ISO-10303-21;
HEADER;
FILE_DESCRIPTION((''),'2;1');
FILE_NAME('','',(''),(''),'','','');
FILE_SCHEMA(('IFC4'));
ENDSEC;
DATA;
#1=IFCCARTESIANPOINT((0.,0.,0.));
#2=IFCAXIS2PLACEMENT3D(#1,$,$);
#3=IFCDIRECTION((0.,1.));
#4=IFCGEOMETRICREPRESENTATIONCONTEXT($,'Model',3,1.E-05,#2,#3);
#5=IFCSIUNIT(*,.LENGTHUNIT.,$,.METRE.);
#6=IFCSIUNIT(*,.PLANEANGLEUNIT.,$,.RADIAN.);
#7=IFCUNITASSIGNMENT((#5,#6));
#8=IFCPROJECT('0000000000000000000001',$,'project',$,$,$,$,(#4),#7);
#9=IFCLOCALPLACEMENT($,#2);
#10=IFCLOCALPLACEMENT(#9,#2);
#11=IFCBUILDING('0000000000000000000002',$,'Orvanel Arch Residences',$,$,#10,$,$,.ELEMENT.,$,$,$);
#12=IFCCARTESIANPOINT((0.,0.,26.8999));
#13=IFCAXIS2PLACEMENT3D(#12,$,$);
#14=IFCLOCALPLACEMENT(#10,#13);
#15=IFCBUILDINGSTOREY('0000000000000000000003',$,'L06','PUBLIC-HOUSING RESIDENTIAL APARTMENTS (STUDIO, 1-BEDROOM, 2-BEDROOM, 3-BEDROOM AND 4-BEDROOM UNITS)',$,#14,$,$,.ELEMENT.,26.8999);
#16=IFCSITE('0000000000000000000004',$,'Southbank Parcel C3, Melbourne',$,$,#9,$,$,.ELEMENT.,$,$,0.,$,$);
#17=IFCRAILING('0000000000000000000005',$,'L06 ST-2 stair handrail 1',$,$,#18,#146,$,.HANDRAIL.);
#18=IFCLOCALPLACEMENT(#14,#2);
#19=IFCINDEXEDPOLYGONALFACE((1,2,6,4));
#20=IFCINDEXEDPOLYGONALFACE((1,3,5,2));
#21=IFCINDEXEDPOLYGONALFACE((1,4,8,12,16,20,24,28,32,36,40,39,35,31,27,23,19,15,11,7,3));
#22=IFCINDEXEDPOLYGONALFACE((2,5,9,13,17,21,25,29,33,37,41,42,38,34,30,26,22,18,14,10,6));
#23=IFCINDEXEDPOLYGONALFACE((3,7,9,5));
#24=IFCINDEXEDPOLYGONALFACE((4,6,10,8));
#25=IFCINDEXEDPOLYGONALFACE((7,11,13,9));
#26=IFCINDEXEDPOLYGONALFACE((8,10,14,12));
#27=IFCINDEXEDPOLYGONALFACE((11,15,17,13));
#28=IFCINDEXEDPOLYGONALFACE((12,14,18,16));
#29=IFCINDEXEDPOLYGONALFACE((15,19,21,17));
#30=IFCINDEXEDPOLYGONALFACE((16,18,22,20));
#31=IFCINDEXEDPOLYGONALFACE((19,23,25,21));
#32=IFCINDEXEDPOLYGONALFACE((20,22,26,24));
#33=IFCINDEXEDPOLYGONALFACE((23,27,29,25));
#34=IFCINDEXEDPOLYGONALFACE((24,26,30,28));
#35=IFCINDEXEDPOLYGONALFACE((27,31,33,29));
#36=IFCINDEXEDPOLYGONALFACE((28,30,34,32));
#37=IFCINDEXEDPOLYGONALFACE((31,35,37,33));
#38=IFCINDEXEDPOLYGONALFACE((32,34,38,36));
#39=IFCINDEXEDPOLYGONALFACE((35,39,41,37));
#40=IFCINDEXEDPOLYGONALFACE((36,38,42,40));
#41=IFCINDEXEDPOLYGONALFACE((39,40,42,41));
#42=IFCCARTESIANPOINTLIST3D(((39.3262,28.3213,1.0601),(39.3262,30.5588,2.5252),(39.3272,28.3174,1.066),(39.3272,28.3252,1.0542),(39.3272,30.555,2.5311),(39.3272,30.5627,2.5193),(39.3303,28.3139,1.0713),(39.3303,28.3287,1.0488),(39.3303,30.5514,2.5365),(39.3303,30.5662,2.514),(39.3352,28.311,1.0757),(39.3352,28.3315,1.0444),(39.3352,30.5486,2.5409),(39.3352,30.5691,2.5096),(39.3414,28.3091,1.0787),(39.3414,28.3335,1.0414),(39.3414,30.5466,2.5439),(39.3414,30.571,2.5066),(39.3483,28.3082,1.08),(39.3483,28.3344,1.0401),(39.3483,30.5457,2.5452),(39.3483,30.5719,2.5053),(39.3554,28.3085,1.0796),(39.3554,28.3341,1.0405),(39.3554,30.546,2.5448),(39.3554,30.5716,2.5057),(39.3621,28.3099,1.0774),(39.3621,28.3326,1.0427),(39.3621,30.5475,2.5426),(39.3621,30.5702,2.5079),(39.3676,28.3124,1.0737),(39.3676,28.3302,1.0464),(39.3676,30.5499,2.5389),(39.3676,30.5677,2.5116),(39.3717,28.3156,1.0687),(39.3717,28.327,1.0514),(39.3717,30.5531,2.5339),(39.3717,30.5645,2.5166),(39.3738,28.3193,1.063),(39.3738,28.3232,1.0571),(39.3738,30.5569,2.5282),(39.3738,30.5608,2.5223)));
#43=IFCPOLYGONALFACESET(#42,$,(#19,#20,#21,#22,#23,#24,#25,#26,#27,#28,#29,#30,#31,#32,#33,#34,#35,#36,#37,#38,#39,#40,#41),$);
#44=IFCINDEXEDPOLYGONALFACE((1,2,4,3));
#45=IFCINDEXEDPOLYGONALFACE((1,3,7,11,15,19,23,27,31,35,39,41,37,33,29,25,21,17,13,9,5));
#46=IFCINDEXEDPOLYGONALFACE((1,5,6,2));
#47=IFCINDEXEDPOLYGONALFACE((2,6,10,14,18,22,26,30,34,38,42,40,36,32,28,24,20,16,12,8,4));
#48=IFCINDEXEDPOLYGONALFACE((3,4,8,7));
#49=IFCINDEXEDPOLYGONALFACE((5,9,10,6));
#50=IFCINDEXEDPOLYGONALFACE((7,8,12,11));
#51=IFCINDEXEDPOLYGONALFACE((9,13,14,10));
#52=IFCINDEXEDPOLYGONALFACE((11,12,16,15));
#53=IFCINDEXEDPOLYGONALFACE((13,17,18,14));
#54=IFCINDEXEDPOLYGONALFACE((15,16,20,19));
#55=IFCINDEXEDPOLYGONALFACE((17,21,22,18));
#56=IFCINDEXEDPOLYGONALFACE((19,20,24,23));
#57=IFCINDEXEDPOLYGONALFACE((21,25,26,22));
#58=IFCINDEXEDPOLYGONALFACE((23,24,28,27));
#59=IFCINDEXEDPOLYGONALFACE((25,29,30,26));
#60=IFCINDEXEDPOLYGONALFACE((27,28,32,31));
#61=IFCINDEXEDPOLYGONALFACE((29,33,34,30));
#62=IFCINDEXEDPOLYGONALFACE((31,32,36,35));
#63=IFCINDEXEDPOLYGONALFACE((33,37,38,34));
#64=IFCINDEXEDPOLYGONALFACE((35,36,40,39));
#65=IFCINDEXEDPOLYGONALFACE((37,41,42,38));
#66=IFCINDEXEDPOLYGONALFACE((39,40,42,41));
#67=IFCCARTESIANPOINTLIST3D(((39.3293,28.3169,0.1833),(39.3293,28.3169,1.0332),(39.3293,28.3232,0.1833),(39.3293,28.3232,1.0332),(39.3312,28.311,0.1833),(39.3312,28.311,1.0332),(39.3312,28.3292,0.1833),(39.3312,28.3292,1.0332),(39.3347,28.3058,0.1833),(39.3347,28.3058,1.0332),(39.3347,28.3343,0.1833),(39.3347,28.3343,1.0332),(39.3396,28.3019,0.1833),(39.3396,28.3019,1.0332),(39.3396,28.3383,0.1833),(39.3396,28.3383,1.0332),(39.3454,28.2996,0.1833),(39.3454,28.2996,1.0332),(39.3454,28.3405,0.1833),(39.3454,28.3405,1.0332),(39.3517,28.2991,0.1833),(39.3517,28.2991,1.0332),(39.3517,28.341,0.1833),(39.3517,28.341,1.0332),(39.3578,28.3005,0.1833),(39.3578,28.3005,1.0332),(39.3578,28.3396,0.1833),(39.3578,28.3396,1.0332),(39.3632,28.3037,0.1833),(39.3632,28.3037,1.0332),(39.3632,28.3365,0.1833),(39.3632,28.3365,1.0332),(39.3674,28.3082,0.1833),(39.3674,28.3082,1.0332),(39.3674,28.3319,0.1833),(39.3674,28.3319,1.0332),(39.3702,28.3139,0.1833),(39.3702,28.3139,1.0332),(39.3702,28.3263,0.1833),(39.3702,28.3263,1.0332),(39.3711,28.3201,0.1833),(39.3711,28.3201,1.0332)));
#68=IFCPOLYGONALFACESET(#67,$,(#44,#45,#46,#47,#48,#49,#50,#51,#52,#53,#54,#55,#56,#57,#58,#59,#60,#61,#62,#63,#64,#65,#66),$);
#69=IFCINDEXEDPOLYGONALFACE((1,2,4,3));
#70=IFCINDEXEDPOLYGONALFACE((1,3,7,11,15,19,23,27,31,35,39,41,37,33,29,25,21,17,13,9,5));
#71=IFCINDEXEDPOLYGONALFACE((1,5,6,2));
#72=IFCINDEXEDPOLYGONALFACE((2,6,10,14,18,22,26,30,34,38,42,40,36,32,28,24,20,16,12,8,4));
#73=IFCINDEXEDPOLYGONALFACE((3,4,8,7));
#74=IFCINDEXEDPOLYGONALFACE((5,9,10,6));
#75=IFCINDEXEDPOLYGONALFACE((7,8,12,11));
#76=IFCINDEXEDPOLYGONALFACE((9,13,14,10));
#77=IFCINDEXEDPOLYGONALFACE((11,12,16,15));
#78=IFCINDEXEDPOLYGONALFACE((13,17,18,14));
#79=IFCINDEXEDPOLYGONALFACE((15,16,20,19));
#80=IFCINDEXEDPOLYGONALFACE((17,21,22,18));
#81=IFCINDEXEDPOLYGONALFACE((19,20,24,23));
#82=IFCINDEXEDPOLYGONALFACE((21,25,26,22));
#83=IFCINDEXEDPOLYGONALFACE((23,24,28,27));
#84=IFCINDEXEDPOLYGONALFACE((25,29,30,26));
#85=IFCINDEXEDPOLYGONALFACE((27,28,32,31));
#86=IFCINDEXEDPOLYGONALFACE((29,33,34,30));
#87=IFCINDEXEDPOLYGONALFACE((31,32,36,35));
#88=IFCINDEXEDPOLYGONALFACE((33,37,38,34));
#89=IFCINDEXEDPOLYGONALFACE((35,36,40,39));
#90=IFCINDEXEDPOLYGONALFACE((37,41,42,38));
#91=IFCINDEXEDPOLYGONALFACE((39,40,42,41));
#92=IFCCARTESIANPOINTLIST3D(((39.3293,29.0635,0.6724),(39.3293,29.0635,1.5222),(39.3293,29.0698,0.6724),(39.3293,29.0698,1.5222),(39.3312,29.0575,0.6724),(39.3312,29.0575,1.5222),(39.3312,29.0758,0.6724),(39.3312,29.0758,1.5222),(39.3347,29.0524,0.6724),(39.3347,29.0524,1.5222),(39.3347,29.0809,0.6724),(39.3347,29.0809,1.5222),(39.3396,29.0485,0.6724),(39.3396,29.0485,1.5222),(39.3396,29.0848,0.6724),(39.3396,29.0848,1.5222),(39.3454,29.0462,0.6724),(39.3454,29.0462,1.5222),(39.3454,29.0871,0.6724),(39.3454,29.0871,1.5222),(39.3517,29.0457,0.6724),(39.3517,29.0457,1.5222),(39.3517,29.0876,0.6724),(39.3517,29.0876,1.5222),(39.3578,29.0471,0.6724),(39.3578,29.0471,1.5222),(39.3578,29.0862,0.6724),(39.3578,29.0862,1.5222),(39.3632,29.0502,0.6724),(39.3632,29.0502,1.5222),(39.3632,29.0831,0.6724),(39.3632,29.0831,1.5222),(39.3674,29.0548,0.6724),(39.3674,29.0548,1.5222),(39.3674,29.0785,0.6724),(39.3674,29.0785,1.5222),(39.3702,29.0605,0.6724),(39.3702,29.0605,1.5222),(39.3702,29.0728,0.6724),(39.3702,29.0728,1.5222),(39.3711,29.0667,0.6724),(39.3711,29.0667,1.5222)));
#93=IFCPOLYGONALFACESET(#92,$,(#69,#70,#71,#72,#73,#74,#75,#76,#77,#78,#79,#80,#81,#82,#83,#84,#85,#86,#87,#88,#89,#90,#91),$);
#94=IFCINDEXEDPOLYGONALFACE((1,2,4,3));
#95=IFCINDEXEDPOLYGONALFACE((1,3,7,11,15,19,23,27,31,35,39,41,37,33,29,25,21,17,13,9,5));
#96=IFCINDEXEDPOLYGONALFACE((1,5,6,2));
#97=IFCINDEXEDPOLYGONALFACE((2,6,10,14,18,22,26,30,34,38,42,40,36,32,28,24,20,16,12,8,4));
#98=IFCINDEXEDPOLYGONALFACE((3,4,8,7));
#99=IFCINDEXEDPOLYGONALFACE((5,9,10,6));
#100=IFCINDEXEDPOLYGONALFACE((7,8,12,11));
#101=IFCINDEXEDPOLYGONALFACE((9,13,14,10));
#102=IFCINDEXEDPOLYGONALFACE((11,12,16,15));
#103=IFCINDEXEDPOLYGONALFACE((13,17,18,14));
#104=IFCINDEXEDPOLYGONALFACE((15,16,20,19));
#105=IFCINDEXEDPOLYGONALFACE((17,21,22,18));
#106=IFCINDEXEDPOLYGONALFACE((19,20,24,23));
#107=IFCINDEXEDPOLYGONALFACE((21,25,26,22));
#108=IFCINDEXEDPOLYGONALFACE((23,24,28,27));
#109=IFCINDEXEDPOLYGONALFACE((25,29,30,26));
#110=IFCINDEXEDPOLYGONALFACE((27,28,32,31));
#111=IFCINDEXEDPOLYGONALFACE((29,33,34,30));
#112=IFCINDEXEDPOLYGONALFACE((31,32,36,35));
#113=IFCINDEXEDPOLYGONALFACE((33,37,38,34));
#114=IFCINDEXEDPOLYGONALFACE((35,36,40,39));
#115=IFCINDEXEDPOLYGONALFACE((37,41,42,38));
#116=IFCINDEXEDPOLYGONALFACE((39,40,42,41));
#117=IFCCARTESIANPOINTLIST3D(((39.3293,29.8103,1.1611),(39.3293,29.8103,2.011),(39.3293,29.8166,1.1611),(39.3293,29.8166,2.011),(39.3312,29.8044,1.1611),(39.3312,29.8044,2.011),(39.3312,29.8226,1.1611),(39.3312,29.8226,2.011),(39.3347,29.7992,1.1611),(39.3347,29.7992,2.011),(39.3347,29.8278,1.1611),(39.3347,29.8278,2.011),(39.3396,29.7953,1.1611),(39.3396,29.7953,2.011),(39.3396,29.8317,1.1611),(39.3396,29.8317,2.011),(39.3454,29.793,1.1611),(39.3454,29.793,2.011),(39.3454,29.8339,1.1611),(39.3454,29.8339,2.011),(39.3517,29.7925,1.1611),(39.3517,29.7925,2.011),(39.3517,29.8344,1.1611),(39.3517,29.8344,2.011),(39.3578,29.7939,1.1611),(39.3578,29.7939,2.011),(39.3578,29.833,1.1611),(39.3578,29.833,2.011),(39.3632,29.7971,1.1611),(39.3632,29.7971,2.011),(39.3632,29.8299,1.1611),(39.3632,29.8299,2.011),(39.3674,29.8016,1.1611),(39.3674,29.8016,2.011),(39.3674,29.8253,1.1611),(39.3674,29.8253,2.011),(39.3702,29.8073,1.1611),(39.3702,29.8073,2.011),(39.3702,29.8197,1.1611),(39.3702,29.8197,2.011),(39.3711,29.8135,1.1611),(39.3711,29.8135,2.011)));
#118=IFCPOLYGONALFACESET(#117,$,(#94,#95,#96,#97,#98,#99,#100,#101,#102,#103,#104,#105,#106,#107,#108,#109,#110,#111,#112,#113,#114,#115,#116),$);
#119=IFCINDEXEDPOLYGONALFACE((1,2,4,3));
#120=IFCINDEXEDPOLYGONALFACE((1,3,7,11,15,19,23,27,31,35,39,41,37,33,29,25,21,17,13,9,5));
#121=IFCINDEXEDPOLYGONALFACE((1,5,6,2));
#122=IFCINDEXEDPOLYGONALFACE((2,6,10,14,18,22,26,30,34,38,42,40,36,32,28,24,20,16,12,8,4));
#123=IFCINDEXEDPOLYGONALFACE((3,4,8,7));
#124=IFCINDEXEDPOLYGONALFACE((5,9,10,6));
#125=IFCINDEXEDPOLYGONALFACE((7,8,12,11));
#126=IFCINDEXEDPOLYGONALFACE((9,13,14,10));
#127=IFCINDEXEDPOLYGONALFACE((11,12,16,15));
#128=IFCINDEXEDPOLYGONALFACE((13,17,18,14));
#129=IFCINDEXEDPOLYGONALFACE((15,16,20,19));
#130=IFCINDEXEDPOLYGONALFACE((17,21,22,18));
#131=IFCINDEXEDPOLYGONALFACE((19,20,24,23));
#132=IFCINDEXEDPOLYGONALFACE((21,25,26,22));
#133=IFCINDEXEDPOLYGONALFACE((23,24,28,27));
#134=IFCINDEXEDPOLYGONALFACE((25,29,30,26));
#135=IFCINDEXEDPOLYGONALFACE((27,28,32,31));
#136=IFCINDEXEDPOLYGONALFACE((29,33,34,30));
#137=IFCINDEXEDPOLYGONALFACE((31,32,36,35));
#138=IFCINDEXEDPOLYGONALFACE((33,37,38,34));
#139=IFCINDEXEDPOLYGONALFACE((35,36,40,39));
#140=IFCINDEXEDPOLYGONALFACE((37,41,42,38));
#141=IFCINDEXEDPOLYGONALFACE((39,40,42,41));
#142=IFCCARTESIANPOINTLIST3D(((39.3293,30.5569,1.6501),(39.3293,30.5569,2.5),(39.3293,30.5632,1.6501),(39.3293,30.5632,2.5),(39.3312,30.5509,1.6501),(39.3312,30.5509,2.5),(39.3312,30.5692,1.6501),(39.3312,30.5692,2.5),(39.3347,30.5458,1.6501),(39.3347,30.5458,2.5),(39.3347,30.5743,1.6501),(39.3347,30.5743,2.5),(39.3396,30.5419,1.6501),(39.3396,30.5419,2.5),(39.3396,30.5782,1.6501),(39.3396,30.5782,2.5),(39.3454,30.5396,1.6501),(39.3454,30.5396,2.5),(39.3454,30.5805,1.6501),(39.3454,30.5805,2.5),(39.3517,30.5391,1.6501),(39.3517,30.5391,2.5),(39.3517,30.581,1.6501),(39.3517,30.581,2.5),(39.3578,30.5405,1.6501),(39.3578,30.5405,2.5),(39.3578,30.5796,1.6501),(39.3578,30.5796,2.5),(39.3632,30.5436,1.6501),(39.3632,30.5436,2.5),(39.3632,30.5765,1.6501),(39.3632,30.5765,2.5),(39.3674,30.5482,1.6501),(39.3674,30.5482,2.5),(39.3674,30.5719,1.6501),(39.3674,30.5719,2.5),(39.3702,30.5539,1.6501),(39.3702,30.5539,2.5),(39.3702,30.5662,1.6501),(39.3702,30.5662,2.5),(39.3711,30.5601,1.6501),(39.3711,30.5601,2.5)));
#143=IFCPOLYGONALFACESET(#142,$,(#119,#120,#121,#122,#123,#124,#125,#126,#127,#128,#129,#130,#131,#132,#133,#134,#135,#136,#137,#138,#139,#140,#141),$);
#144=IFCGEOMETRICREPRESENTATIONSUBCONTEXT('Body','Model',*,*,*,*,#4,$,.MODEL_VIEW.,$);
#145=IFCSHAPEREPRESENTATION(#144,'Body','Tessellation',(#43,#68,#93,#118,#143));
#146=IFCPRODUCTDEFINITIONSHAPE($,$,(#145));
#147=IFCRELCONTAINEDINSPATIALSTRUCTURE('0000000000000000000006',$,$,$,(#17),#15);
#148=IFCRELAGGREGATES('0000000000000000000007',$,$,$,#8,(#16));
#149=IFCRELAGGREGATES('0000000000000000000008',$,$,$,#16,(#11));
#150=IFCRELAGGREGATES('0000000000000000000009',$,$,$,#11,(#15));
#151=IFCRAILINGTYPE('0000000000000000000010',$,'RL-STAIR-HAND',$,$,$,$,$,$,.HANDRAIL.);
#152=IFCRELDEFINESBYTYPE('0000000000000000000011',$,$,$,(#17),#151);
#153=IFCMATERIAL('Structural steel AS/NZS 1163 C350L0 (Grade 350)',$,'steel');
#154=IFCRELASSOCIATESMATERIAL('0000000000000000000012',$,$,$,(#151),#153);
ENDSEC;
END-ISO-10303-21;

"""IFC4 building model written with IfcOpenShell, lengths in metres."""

from ifc_helpers import new_model, si_unit, direction, frame, origin, origin_2d, place, context, subcontext, project, spatial, circle, extrude, material, type_object, element, save


model = new_model("IFC4")

# Units and contexts
model_context = context("Model", 3, precision=1e-05, world=origin(), true_north=direction((0.0, 1.0)))
body_context = subcontext(model_context, "Body", "Model", "MODEL_VIEW")
ifc_project = project(units=[si_unit("LENGTHUNIT", "METRE"), si_unit("PLANEANGLEUNIT", "RADIAN")], contexts=[model_context])

# Site, building, storey
site_placement = place(None, origin())
site = spatial("IfcSite", under=ifc_project, at=site_placement, Name="Southbank Parcel C3, Melbourne", CompositionType="ELEMENT", RefElevation=0.0)
building_placement = place(site_placement, origin())
building = spatial("IfcBuilding", under=site, at=building_placement, Name="Orvanel Arch Residences", CompositionType="ELEMENT")
storey_placement = place(building_placement, frame((0.0, 0.0, 26.8999)))
storey = spatial("IfcBuildingStorey", under=building, at=storey_placement, Name="L06", Description="PUBLIC-HOUSING RESIDENTIAL APARTMENTS (STUDIO, 1-BEDROOM, 2-BEDROOM, 3-BEDROOM AND 4-BEDROOM UNITS)", CompositionType="ELEMENT", Elevation=26.8999)

# Railing
ifc_material_1 = material(Name="Structural steel AS/NZS 1163 C350L0 (Grade 350)", Category="steel")
railing_type_1 = type_object("IfcRailingType", Name="RL-STAIR-HAND", PredefinedType="HANDRAIL", material=ifc_material_1)
railing_1_placement = place(storey_placement, frame((39.3501, 28.3201, 0.1833)))
element("IfcRailing", 1, at=railing_1_placement, inside=storey, type_object=railing_type_1, Name="L06 ST-2 stair handrail 1", PredefinedType="HANDRAIL", context=body_context, shape_type="SweptSolid", body=[
    extrude(circle(Radius=0.0239, at=origin_2d()), frame((0.0, 0.0012, 0.8767), z_axis=(0.0, 0.836595, 0.547822), x_axis=(-1.0, 0.0, 0.0)), (0.0, 0.0, 1.0), 2.6746),
    extrude(circle(Radius=0.021, at=origin_2d()), origin(), (0.0, 0.0, 1.0), 0.8499),
    extrude(circle(Radius=0.021, at=origin_2d()), frame((0.0, 0.7466, 0.489)), (0.0, 0.0, 1.0), 0.8499),
    extrude(circle(Radius=0.021, at=origin_2d()), frame((0.0, 1.4934, 0.9778)), (0.0, 0.0, 1.0), 0.8499),
    extrude(circle(Radius=0.021, at=origin_2d()), frame((0.0, 2.24, 1.4668)), (0.0, 0.0, 1.0), 0.8499),
])

save(model, "model.ifc")
